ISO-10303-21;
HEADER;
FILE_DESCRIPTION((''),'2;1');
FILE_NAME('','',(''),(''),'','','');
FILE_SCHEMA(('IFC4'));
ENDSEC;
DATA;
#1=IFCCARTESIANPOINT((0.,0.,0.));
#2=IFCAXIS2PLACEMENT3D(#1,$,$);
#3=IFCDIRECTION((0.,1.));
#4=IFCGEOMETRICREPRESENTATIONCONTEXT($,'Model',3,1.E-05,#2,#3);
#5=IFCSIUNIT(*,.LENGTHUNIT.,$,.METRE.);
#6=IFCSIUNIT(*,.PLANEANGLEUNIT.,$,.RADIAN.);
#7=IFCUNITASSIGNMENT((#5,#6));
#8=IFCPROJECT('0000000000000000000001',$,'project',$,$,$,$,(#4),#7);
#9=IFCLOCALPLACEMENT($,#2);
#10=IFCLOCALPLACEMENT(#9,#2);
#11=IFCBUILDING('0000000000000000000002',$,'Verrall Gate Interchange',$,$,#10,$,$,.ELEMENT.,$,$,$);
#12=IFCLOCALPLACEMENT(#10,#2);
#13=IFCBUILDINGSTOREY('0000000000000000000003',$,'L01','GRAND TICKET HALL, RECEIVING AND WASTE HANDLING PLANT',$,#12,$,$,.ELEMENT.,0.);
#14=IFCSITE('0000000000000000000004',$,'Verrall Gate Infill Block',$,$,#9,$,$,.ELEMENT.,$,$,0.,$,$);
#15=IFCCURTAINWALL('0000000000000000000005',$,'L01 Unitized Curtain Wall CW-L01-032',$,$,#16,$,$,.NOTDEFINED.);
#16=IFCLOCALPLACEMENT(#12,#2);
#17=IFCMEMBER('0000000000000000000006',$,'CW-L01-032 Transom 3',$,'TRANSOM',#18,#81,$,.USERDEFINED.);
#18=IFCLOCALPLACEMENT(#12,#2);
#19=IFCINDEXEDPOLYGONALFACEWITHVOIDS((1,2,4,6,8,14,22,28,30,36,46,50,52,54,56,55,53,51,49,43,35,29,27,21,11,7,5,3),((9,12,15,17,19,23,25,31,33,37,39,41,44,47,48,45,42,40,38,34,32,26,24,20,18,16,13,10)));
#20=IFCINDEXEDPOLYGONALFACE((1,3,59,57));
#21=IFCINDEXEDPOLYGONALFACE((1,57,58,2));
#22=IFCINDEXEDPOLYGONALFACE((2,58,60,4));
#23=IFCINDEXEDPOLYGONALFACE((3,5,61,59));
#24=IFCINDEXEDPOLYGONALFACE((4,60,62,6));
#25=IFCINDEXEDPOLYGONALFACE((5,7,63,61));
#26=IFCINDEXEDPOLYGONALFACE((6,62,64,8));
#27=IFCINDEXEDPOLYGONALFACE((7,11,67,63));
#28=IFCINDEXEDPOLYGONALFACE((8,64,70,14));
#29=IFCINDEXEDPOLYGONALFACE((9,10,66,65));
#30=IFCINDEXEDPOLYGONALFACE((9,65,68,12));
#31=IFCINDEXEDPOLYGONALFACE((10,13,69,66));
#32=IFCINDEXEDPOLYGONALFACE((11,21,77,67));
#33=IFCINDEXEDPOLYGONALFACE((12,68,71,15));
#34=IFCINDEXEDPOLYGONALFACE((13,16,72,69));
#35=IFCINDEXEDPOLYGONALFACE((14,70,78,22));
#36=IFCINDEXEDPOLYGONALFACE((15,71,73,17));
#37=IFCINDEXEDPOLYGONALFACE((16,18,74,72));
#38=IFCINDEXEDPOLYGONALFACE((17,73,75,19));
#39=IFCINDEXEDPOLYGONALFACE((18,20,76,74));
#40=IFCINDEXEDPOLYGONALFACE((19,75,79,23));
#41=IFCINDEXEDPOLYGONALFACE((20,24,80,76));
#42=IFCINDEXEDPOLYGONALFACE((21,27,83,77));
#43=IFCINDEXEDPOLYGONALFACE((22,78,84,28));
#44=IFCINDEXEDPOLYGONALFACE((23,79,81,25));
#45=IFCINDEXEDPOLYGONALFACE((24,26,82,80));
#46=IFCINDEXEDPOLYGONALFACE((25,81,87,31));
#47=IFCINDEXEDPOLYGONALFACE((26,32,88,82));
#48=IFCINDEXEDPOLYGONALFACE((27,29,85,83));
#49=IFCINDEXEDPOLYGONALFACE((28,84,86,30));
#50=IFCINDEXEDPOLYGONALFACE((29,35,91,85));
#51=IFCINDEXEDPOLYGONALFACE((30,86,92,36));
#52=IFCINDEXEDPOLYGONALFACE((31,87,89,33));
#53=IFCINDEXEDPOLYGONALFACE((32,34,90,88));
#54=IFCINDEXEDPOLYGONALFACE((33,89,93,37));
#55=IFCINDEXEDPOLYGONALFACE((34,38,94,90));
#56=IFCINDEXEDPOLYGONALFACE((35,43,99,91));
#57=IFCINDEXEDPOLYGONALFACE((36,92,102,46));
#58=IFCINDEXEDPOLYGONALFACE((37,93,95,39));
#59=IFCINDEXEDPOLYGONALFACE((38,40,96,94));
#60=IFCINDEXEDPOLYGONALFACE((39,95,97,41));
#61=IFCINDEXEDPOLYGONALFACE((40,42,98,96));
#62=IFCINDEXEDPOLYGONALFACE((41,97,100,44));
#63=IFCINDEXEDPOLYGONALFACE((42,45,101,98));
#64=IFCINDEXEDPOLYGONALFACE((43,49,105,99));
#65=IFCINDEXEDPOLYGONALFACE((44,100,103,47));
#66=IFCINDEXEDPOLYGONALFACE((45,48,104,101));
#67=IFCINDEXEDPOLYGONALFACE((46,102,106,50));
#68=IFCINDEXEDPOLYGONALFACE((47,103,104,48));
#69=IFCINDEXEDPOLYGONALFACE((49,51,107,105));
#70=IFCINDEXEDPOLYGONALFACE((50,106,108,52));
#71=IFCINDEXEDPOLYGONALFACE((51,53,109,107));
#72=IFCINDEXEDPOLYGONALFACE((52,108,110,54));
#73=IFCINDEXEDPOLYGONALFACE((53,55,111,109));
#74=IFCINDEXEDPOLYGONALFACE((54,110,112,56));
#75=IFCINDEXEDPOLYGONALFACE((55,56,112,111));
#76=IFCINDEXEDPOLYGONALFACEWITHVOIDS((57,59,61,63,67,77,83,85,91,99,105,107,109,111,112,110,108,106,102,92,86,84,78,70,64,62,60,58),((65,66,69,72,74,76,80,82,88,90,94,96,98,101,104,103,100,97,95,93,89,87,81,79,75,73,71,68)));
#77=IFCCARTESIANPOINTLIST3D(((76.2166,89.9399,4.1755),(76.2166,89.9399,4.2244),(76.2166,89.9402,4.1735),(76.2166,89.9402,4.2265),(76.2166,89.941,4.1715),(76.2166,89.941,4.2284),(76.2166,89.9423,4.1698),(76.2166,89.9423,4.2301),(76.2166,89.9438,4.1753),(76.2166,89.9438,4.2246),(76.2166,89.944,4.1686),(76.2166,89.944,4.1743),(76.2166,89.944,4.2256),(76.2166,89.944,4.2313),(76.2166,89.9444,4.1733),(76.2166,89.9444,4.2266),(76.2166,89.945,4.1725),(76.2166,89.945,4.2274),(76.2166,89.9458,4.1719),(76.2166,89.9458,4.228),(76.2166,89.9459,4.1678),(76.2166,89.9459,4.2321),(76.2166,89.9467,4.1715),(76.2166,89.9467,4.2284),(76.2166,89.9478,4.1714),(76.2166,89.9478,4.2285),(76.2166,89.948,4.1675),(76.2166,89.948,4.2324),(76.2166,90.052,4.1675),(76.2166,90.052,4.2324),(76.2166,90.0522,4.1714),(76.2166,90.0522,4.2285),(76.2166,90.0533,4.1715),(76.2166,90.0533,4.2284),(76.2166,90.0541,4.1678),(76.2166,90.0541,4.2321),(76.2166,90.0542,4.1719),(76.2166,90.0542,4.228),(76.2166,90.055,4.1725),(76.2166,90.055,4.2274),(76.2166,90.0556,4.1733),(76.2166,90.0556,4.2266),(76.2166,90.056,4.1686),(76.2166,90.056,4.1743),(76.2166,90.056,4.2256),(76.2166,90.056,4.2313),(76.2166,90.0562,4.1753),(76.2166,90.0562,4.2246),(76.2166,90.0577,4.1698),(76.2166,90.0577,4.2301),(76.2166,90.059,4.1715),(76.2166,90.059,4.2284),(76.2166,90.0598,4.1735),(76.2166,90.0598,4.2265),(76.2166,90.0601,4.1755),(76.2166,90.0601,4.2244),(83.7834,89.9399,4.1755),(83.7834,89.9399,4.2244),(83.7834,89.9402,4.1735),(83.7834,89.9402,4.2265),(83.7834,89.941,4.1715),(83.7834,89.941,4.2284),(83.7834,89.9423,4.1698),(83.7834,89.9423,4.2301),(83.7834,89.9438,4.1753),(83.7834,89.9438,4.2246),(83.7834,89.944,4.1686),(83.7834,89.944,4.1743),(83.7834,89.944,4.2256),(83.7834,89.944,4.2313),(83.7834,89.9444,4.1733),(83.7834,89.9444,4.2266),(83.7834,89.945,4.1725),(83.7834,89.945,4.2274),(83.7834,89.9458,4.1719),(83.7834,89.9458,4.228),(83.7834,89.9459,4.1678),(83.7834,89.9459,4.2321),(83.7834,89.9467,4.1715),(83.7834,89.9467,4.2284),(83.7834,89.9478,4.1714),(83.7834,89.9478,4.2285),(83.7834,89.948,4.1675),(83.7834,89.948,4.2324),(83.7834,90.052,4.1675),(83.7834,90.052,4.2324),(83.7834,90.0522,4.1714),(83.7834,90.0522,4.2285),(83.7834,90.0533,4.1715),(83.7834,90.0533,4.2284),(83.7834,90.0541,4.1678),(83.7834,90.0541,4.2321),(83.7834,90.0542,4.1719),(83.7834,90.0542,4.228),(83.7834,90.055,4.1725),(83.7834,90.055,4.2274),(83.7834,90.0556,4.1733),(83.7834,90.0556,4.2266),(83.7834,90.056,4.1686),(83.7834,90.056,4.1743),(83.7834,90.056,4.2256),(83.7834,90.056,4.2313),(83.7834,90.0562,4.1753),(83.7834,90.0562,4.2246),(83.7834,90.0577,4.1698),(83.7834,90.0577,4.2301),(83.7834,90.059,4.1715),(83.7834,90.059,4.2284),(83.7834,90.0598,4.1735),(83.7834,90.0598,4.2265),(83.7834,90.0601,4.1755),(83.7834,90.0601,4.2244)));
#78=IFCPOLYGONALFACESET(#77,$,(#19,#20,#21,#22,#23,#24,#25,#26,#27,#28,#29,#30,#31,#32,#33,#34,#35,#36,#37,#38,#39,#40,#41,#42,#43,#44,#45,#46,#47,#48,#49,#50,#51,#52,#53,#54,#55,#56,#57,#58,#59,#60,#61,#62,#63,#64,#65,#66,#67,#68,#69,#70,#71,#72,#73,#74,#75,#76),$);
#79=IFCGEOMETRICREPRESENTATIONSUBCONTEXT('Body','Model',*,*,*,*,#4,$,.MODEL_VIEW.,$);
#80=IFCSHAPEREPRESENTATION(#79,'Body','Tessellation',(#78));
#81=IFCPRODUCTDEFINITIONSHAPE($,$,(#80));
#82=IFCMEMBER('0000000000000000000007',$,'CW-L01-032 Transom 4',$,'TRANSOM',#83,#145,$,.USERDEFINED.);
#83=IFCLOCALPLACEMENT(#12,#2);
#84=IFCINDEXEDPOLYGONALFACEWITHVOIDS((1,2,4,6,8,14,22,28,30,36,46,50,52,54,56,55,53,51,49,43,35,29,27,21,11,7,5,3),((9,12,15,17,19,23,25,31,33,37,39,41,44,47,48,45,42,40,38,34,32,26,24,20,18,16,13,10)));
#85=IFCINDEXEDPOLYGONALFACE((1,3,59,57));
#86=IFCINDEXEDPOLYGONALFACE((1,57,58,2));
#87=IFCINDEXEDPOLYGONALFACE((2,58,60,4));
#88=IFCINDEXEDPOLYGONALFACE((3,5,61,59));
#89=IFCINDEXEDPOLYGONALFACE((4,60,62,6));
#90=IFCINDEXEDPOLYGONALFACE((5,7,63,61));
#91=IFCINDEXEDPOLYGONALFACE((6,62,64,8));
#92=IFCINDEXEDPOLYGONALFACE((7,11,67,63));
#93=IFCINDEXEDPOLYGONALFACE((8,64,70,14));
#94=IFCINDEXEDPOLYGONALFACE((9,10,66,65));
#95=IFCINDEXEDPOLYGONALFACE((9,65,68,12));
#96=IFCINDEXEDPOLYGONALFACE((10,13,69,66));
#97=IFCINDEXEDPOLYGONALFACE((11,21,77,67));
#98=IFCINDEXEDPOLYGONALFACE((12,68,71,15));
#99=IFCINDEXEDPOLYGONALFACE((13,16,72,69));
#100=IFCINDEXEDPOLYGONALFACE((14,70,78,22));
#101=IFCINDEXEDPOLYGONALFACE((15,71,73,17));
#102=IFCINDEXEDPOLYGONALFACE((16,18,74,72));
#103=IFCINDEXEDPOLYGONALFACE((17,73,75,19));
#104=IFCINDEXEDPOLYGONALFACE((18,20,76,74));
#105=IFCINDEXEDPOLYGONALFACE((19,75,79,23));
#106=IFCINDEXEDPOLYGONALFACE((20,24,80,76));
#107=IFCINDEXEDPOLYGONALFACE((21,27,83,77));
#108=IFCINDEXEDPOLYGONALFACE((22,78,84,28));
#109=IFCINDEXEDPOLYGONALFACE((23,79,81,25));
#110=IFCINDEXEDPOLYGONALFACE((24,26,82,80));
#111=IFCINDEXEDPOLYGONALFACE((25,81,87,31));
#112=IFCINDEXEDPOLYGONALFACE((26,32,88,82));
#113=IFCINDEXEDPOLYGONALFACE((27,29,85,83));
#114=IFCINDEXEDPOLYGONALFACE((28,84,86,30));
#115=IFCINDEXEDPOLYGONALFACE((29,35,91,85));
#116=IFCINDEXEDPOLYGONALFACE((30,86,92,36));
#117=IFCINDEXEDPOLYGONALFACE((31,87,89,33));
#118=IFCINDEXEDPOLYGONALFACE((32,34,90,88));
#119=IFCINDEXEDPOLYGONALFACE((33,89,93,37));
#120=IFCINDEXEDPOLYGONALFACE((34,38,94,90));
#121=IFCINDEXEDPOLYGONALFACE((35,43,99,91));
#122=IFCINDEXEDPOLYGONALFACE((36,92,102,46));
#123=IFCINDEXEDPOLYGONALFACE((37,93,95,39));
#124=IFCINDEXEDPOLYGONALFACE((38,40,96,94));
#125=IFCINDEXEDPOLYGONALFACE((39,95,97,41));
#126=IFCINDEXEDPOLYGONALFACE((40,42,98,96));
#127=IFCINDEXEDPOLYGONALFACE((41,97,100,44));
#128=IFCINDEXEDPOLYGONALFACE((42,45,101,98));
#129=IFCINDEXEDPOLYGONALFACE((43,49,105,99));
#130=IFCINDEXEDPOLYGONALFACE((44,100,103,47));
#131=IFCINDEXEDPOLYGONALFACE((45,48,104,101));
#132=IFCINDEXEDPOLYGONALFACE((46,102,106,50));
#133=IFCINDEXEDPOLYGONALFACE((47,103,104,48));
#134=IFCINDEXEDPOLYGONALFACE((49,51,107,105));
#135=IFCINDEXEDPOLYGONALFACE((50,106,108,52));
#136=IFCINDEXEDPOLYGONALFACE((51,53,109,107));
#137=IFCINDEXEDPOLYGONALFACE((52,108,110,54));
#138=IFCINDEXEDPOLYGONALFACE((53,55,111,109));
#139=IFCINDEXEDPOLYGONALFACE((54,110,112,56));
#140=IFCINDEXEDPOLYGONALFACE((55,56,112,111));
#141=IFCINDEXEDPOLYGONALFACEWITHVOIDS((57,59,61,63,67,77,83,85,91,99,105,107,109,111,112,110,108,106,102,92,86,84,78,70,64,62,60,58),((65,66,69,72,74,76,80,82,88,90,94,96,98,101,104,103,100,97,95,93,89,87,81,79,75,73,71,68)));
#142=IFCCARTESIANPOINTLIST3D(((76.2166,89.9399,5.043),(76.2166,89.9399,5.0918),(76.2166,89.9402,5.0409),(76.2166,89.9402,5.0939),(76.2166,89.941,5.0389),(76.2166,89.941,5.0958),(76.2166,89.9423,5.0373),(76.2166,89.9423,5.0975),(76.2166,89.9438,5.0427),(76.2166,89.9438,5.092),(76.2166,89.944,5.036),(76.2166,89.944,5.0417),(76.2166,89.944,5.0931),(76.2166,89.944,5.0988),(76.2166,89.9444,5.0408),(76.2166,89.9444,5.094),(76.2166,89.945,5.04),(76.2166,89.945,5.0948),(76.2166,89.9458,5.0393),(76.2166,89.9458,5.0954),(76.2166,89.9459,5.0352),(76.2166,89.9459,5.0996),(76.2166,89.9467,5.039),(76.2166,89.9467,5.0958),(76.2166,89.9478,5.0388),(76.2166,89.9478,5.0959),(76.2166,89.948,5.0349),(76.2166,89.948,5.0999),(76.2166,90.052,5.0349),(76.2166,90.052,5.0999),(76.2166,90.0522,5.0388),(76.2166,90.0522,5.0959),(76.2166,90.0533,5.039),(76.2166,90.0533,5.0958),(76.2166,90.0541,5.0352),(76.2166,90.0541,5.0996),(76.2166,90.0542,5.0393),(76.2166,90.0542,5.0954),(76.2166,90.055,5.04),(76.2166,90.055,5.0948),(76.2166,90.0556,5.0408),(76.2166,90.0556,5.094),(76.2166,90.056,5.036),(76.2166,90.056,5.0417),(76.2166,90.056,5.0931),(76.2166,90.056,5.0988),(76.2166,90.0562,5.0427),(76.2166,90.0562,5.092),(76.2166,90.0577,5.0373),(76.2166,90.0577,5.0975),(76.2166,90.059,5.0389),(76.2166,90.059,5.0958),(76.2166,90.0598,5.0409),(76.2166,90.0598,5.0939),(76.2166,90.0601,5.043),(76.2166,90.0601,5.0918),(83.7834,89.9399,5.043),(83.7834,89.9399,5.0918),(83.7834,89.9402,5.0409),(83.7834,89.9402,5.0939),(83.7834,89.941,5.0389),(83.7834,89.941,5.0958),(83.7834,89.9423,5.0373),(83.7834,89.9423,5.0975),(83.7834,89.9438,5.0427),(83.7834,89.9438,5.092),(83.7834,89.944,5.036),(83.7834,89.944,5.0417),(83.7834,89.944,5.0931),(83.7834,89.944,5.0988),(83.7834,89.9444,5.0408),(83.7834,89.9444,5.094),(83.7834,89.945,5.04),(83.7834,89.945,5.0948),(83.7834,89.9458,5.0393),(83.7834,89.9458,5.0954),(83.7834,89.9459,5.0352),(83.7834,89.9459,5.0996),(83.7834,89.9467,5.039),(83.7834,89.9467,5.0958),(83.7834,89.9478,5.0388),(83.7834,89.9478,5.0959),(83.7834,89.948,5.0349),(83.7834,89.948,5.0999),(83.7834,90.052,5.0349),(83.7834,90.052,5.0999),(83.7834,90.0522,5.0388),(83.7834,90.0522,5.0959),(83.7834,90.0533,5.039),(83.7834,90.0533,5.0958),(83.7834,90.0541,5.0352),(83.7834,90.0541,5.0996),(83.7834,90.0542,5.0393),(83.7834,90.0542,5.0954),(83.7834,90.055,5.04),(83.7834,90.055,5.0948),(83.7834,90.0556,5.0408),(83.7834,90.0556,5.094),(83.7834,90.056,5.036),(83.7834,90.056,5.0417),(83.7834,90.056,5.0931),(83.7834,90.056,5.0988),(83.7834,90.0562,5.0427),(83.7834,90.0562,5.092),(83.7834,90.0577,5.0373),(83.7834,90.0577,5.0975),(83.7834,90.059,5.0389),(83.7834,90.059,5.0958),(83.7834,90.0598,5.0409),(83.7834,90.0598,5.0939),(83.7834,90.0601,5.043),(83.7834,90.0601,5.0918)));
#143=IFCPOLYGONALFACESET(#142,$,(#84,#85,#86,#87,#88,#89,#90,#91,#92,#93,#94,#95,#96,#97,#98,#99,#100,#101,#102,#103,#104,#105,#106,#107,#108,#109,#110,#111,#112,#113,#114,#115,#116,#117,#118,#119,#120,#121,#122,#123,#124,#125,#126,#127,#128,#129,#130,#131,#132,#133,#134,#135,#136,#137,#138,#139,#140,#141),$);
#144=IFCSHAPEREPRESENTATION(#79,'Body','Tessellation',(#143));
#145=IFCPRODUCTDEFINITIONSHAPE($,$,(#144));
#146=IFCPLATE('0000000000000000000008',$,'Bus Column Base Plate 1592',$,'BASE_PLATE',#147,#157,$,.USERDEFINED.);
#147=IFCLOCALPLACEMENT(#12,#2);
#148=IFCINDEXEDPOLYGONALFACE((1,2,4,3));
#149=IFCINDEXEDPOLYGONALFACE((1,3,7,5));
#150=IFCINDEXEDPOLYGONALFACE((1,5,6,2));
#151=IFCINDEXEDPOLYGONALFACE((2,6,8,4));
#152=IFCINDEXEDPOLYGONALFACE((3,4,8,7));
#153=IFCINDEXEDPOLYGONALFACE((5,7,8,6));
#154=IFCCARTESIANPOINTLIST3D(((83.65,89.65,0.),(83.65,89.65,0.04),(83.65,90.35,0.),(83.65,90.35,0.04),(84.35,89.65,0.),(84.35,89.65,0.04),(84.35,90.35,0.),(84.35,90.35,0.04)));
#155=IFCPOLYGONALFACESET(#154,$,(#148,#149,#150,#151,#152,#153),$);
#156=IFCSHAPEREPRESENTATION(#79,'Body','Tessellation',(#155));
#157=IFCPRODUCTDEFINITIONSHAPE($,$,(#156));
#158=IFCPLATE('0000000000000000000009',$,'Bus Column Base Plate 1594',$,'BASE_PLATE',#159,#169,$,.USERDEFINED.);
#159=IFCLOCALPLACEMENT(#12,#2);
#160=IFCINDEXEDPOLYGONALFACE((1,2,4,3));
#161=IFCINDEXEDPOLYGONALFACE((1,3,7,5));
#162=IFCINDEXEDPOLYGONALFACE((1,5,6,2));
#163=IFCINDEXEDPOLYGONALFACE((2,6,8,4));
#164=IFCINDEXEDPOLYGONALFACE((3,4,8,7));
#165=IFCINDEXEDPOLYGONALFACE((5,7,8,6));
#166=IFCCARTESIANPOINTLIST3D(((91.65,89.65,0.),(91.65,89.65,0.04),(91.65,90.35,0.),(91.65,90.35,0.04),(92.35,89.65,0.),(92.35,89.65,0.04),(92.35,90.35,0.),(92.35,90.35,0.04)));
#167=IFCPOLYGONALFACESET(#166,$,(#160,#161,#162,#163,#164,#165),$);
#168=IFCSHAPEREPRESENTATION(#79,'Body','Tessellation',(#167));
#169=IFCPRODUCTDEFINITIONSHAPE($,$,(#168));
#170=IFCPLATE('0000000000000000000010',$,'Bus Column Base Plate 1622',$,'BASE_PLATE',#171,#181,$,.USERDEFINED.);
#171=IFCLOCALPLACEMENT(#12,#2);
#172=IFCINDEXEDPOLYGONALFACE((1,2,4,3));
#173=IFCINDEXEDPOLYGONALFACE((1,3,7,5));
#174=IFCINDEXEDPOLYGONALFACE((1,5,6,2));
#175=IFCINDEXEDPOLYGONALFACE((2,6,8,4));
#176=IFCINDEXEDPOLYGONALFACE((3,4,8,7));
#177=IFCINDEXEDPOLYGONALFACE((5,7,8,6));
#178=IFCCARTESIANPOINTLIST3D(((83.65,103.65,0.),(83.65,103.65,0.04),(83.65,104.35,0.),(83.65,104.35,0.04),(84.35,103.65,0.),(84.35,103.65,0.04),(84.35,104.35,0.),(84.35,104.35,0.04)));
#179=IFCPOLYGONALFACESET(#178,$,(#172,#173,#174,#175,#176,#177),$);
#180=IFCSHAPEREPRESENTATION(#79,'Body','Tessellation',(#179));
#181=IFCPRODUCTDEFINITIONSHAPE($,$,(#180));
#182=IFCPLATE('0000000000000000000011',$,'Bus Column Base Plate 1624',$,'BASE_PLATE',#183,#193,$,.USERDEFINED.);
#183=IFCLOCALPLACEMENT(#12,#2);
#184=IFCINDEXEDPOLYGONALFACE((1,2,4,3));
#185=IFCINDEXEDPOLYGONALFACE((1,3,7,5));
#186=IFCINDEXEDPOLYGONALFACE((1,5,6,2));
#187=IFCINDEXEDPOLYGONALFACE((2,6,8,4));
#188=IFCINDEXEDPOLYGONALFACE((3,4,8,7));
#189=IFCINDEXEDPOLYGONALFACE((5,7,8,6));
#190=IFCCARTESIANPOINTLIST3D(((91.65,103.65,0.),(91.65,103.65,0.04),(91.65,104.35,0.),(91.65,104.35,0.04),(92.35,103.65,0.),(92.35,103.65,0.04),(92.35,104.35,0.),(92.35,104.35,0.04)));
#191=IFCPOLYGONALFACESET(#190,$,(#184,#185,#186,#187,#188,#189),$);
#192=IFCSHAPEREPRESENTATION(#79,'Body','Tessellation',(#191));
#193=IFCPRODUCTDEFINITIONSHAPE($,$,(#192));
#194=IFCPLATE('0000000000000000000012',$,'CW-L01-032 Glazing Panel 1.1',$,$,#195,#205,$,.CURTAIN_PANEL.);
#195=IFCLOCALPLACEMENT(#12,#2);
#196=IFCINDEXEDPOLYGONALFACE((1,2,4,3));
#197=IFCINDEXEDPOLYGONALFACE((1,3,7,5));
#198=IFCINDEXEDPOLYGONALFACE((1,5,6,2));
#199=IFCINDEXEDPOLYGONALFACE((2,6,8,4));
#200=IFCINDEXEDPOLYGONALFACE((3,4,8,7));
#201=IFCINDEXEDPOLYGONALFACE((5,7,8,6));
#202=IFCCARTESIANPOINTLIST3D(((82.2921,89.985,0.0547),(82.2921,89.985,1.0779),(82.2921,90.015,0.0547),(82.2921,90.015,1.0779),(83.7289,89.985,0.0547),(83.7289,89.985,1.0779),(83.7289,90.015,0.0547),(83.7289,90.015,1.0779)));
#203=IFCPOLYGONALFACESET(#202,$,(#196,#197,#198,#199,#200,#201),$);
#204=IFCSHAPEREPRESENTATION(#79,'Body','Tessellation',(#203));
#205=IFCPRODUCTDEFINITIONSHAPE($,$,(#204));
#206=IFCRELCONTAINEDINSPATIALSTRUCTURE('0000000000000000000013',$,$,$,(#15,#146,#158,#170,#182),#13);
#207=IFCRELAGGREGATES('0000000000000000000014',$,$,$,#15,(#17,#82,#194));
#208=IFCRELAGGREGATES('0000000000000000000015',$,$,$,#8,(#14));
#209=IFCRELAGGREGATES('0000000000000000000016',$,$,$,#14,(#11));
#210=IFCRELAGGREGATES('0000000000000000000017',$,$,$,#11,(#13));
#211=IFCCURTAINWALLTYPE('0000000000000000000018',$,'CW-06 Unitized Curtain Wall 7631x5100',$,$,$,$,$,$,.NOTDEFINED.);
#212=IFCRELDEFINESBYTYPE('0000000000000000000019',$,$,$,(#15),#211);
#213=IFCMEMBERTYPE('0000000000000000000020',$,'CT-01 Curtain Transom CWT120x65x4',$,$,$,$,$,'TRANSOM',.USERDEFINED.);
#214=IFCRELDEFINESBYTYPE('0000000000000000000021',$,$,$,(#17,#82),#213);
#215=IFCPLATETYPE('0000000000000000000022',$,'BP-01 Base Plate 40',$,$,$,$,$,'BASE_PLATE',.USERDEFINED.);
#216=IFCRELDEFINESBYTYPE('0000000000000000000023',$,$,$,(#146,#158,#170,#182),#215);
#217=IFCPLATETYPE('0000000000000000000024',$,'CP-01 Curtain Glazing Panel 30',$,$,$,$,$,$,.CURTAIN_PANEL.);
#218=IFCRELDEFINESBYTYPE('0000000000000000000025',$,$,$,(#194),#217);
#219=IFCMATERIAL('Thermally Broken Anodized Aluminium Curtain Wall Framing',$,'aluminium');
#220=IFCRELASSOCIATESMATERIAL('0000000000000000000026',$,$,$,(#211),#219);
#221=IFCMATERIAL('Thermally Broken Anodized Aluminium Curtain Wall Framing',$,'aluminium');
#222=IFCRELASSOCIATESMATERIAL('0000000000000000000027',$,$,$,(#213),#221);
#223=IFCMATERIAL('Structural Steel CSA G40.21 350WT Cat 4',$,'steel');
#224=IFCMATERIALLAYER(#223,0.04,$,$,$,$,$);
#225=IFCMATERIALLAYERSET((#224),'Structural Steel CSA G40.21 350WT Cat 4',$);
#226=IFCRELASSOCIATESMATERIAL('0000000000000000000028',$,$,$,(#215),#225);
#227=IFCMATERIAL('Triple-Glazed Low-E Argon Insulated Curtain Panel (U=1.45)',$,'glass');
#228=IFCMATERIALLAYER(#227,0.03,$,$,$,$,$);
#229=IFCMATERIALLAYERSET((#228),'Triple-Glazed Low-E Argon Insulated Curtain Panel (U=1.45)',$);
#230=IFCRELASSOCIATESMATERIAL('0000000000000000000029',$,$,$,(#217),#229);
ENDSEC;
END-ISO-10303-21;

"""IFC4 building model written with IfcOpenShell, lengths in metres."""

from ifc_helpers import new_model, si_unit, direction, frame, origin, origin_2d, place, context, subcontext, project, spatial, rectangle, hollow_rectangle, extrude, material, layer, layer_set, material_profile, profile_set, type_object, element, aggregate, save


model = new_model("IFC4")

# Units and contexts
model_context = context("Model", 3, precision=1e-05, world=origin(), true_north=direction((0.0, 1.0)))
body_context = subcontext(model_context, "Body", "Model", "MODEL_VIEW")
ifc_project = project(units=[si_unit("LENGTHUNIT", "METRE"), si_unit("PLANEANGLEUNIT", "RADIAN")], contexts=[model_context])

# Site, building, storey
site_placement = place(None, origin())
site = spatial("IfcSite", under=ifc_project, at=site_placement, Name="Verrall Gate Infill Block", CompositionType="ELEMENT", RefElevation=0.0)
building_placement = place(site_placement, origin())
building = spatial("IfcBuilding", under=site, at=building_placement, Name="Verrall Gate Interchange", CompositionType="ELEMENT")
storey_placement = place(building_placement, origin())
storey = spatial("IfcBuildingStorey", under=building, at=storey_placement, Name="L01", Description="GRAND TICKET HALL, RECEIVING AND WASTE HANDLING PLANT", CompositionType="ELEMENT", Elevation=0.0)

# Curtain wall, members
ifc_material_1 = material(Name="Thermally Broken Anodized Aluminium Curtain Wall Framing", Category="aluminium")
curtain_wall_type = type_object("IfcCurtainWallType", Name="CW-06 Unitized Curtain Wall 7631x5100", PredefinedType="NOTDEFINED", material=ifc_material_1)
curtain_wall_placement = place(storey_placement, origin())
curtain_wall = element("IfcCurtainWall", 1, at=curtain_wall_placement, inside=storey, type_object=curtain_wall_type, Name="L01 Unitized Curtain Wall CW-L01-032", PredefinedType="NOTDEFINED")
ifc_material_2 = material(Name="Thermally Broken Anodized Aluminium Curtain Wall Framing", Category="aluminium")
ifc_material_profile_1 = material_profile(ifc_material_2, hollow_rectangle(XDim=0.1201, YDim=0.0649, WallThickness=0.0039, InnerFilletRadius=0.0039, OuterFilletRadius=0.0081, at=origin_2d()), Name="CWT120x65x4")
ifc_profile_set_1 = profile_set([ifc_material_profile_1], Name="Thermally Broken Anodized Aluminium Curtain Wall Framing")
member_type_1 = type_object("IfcMemberType", Name="CT-01 Curtain Transom CWT120x65x4", ElementType="TRANSOM", PredefinedType="USERDEFINED", material=ifc_profile_set_1)
member_1_placement = place(storey_placement, frame((83.7834, 90.0, 4.2), z_axis=(-1.0, 0.0, 0.0), x_axis=(0.0, -1.0, 0.0)))
member_1 = element("IfcMember", 2, at=member_1_placement, type_object=member_type_1, Name="CW-L01-032 Transom 3", ObjectType="TRANSOM", PredefinedType="USERDEFINED", context=body_context, shape_type="SweptSolid", body=[
    extrude(hollow_rectangle(XDim=0.1201, YDim=0.0649, WallThickness=0.0039, InnerFilletRadius=0.0039, OuterFilletRadius=0.0081, at=origin_2d()), origin(), (0.0, 0.0, 1.0), 7.5669),
])
member_2_placement = place(storey_placement, frame((83.7834, 90.0, 5.0674), z_axis=(-1.0, 0.0, 0.0), x_axis=(0.0, -1.0, 0.0)))
member_2 = element("IfcMember", 3, at=member_2_placement, type_object=member_type_1, Name="CW-L01-032 Transom 4", ObjectType="TRANSOM", PredefinedType="USERDEFINED", context=body_context, shape_type="SweptSolid", body=[
    extrude(hollow_rectangle(XDim=0.1201, YDim=0.0649, WallThickness=0.0039, InnerFilletRadius=0.0039, OuterFilletRadius=0.0081, at=origin_2d()), origin(), (0.0, 0.0, 1.0), 7.5669),
])

# Plates
ifc_material_3 = material(Name="Structural Steel CSA G40.21 350WT Cat 4", Category="steel")
ifc_layer_1 = layer(ifc_material_3, 0.04)
ifc_layer_set_1 = layer_set([ifc_layer_1], Name="Structural Steel CSA G40.21 350WT Cat 4")
plate_type_1 = type_object("IfcPlateType", Name="BP-01 Base Plate 40", ElementType="BASE_PLATE", PredefinedType="USERDEFINED", material=ifc_layer_set_1)
for number, where, z_axis, x_axis, name in (
    (4, (84.0, 90.0, 0.0), (0.0, 0.0, 1.0), (1.0, 0.0, 0.0), "Bus Column Base Plate 1592"),
    (5, (92.0, 90.0, 0.0), (0.0, 0.0, 1.0), (1.0, 0.0, 0.0), "Bus Column Base Plate 1594"),
    (6, (84.0, 104.0, 0.0), (0.0, 0.0, 1.0), (1.0, 0.0, 0.0), "Bus Column Base Plate 1622"),
    (7, (92.0, 104.0, 0.0), (0.0, 0.0, 1.0), (1.0, 0.0, 0.0), "Bus Column Base Plate 1624"),
):
    element("IfcPlate", number, at=place(storey_placement, frame(where, z_axis=z_axis, x_axis=x_axis)), inside=storey, type_object=plate_type_1, Name=name, ObjectType="BASE_PLATE", PredefinedType="USERDEFINED", context=body_context, shape_type="SweptSolid", body=[
        extrude(rectangle(XDim=0.7, YDim=0.7, at=origin_2d()), origin(), (0.0, 0.0, 1.0), 0.04),
    ])

# Plate
ifc_material_4 = material(Name="Triple-Glazed Low-E Argon Insulated Curtain Panel (U=1.45)", Category="glass")
ifc_layer_2 = layer(ifc_material_4, 0.03)
ifc_layer_set_2 = layer_set([ifc_layer_2], Name="Triple-Glazed Low-E Argon Insulated Curtain Panel (U=1.45)")
plate_type_2 = type_object("IfcPlateType", Name="CP-01 Curtain Glazing Panel 30", PredefinedType="CURTAIN_PANEL", material=ifc_layer_set_2)
plate_1_placement = place(storey_placement, frame((83.0105, 90.0, 0.0547), z_axis=(0.0, 0.0, 1.0), x_axis=(-1.0, 0.0, 0.0)))
plate_1 = element("IfcPlate", 8, at=plate_1_placement, type_object=plate_type_2, Name="CW-L01-032 Glazing Panel 1.1", PredefinedType="CURTAIN_PANEL", context=body_context, shape_type="SweptSolid", body=[
    extrude(rectangle(XDim=1.4368, YDim=0.03, at=origin_2d()), origin(), (0.0, 0.0, 1.0), 1.0232),
])
aggregate(curtain_wall, [member_1, member_2, plate_1])

save(model, "model.ifc")
